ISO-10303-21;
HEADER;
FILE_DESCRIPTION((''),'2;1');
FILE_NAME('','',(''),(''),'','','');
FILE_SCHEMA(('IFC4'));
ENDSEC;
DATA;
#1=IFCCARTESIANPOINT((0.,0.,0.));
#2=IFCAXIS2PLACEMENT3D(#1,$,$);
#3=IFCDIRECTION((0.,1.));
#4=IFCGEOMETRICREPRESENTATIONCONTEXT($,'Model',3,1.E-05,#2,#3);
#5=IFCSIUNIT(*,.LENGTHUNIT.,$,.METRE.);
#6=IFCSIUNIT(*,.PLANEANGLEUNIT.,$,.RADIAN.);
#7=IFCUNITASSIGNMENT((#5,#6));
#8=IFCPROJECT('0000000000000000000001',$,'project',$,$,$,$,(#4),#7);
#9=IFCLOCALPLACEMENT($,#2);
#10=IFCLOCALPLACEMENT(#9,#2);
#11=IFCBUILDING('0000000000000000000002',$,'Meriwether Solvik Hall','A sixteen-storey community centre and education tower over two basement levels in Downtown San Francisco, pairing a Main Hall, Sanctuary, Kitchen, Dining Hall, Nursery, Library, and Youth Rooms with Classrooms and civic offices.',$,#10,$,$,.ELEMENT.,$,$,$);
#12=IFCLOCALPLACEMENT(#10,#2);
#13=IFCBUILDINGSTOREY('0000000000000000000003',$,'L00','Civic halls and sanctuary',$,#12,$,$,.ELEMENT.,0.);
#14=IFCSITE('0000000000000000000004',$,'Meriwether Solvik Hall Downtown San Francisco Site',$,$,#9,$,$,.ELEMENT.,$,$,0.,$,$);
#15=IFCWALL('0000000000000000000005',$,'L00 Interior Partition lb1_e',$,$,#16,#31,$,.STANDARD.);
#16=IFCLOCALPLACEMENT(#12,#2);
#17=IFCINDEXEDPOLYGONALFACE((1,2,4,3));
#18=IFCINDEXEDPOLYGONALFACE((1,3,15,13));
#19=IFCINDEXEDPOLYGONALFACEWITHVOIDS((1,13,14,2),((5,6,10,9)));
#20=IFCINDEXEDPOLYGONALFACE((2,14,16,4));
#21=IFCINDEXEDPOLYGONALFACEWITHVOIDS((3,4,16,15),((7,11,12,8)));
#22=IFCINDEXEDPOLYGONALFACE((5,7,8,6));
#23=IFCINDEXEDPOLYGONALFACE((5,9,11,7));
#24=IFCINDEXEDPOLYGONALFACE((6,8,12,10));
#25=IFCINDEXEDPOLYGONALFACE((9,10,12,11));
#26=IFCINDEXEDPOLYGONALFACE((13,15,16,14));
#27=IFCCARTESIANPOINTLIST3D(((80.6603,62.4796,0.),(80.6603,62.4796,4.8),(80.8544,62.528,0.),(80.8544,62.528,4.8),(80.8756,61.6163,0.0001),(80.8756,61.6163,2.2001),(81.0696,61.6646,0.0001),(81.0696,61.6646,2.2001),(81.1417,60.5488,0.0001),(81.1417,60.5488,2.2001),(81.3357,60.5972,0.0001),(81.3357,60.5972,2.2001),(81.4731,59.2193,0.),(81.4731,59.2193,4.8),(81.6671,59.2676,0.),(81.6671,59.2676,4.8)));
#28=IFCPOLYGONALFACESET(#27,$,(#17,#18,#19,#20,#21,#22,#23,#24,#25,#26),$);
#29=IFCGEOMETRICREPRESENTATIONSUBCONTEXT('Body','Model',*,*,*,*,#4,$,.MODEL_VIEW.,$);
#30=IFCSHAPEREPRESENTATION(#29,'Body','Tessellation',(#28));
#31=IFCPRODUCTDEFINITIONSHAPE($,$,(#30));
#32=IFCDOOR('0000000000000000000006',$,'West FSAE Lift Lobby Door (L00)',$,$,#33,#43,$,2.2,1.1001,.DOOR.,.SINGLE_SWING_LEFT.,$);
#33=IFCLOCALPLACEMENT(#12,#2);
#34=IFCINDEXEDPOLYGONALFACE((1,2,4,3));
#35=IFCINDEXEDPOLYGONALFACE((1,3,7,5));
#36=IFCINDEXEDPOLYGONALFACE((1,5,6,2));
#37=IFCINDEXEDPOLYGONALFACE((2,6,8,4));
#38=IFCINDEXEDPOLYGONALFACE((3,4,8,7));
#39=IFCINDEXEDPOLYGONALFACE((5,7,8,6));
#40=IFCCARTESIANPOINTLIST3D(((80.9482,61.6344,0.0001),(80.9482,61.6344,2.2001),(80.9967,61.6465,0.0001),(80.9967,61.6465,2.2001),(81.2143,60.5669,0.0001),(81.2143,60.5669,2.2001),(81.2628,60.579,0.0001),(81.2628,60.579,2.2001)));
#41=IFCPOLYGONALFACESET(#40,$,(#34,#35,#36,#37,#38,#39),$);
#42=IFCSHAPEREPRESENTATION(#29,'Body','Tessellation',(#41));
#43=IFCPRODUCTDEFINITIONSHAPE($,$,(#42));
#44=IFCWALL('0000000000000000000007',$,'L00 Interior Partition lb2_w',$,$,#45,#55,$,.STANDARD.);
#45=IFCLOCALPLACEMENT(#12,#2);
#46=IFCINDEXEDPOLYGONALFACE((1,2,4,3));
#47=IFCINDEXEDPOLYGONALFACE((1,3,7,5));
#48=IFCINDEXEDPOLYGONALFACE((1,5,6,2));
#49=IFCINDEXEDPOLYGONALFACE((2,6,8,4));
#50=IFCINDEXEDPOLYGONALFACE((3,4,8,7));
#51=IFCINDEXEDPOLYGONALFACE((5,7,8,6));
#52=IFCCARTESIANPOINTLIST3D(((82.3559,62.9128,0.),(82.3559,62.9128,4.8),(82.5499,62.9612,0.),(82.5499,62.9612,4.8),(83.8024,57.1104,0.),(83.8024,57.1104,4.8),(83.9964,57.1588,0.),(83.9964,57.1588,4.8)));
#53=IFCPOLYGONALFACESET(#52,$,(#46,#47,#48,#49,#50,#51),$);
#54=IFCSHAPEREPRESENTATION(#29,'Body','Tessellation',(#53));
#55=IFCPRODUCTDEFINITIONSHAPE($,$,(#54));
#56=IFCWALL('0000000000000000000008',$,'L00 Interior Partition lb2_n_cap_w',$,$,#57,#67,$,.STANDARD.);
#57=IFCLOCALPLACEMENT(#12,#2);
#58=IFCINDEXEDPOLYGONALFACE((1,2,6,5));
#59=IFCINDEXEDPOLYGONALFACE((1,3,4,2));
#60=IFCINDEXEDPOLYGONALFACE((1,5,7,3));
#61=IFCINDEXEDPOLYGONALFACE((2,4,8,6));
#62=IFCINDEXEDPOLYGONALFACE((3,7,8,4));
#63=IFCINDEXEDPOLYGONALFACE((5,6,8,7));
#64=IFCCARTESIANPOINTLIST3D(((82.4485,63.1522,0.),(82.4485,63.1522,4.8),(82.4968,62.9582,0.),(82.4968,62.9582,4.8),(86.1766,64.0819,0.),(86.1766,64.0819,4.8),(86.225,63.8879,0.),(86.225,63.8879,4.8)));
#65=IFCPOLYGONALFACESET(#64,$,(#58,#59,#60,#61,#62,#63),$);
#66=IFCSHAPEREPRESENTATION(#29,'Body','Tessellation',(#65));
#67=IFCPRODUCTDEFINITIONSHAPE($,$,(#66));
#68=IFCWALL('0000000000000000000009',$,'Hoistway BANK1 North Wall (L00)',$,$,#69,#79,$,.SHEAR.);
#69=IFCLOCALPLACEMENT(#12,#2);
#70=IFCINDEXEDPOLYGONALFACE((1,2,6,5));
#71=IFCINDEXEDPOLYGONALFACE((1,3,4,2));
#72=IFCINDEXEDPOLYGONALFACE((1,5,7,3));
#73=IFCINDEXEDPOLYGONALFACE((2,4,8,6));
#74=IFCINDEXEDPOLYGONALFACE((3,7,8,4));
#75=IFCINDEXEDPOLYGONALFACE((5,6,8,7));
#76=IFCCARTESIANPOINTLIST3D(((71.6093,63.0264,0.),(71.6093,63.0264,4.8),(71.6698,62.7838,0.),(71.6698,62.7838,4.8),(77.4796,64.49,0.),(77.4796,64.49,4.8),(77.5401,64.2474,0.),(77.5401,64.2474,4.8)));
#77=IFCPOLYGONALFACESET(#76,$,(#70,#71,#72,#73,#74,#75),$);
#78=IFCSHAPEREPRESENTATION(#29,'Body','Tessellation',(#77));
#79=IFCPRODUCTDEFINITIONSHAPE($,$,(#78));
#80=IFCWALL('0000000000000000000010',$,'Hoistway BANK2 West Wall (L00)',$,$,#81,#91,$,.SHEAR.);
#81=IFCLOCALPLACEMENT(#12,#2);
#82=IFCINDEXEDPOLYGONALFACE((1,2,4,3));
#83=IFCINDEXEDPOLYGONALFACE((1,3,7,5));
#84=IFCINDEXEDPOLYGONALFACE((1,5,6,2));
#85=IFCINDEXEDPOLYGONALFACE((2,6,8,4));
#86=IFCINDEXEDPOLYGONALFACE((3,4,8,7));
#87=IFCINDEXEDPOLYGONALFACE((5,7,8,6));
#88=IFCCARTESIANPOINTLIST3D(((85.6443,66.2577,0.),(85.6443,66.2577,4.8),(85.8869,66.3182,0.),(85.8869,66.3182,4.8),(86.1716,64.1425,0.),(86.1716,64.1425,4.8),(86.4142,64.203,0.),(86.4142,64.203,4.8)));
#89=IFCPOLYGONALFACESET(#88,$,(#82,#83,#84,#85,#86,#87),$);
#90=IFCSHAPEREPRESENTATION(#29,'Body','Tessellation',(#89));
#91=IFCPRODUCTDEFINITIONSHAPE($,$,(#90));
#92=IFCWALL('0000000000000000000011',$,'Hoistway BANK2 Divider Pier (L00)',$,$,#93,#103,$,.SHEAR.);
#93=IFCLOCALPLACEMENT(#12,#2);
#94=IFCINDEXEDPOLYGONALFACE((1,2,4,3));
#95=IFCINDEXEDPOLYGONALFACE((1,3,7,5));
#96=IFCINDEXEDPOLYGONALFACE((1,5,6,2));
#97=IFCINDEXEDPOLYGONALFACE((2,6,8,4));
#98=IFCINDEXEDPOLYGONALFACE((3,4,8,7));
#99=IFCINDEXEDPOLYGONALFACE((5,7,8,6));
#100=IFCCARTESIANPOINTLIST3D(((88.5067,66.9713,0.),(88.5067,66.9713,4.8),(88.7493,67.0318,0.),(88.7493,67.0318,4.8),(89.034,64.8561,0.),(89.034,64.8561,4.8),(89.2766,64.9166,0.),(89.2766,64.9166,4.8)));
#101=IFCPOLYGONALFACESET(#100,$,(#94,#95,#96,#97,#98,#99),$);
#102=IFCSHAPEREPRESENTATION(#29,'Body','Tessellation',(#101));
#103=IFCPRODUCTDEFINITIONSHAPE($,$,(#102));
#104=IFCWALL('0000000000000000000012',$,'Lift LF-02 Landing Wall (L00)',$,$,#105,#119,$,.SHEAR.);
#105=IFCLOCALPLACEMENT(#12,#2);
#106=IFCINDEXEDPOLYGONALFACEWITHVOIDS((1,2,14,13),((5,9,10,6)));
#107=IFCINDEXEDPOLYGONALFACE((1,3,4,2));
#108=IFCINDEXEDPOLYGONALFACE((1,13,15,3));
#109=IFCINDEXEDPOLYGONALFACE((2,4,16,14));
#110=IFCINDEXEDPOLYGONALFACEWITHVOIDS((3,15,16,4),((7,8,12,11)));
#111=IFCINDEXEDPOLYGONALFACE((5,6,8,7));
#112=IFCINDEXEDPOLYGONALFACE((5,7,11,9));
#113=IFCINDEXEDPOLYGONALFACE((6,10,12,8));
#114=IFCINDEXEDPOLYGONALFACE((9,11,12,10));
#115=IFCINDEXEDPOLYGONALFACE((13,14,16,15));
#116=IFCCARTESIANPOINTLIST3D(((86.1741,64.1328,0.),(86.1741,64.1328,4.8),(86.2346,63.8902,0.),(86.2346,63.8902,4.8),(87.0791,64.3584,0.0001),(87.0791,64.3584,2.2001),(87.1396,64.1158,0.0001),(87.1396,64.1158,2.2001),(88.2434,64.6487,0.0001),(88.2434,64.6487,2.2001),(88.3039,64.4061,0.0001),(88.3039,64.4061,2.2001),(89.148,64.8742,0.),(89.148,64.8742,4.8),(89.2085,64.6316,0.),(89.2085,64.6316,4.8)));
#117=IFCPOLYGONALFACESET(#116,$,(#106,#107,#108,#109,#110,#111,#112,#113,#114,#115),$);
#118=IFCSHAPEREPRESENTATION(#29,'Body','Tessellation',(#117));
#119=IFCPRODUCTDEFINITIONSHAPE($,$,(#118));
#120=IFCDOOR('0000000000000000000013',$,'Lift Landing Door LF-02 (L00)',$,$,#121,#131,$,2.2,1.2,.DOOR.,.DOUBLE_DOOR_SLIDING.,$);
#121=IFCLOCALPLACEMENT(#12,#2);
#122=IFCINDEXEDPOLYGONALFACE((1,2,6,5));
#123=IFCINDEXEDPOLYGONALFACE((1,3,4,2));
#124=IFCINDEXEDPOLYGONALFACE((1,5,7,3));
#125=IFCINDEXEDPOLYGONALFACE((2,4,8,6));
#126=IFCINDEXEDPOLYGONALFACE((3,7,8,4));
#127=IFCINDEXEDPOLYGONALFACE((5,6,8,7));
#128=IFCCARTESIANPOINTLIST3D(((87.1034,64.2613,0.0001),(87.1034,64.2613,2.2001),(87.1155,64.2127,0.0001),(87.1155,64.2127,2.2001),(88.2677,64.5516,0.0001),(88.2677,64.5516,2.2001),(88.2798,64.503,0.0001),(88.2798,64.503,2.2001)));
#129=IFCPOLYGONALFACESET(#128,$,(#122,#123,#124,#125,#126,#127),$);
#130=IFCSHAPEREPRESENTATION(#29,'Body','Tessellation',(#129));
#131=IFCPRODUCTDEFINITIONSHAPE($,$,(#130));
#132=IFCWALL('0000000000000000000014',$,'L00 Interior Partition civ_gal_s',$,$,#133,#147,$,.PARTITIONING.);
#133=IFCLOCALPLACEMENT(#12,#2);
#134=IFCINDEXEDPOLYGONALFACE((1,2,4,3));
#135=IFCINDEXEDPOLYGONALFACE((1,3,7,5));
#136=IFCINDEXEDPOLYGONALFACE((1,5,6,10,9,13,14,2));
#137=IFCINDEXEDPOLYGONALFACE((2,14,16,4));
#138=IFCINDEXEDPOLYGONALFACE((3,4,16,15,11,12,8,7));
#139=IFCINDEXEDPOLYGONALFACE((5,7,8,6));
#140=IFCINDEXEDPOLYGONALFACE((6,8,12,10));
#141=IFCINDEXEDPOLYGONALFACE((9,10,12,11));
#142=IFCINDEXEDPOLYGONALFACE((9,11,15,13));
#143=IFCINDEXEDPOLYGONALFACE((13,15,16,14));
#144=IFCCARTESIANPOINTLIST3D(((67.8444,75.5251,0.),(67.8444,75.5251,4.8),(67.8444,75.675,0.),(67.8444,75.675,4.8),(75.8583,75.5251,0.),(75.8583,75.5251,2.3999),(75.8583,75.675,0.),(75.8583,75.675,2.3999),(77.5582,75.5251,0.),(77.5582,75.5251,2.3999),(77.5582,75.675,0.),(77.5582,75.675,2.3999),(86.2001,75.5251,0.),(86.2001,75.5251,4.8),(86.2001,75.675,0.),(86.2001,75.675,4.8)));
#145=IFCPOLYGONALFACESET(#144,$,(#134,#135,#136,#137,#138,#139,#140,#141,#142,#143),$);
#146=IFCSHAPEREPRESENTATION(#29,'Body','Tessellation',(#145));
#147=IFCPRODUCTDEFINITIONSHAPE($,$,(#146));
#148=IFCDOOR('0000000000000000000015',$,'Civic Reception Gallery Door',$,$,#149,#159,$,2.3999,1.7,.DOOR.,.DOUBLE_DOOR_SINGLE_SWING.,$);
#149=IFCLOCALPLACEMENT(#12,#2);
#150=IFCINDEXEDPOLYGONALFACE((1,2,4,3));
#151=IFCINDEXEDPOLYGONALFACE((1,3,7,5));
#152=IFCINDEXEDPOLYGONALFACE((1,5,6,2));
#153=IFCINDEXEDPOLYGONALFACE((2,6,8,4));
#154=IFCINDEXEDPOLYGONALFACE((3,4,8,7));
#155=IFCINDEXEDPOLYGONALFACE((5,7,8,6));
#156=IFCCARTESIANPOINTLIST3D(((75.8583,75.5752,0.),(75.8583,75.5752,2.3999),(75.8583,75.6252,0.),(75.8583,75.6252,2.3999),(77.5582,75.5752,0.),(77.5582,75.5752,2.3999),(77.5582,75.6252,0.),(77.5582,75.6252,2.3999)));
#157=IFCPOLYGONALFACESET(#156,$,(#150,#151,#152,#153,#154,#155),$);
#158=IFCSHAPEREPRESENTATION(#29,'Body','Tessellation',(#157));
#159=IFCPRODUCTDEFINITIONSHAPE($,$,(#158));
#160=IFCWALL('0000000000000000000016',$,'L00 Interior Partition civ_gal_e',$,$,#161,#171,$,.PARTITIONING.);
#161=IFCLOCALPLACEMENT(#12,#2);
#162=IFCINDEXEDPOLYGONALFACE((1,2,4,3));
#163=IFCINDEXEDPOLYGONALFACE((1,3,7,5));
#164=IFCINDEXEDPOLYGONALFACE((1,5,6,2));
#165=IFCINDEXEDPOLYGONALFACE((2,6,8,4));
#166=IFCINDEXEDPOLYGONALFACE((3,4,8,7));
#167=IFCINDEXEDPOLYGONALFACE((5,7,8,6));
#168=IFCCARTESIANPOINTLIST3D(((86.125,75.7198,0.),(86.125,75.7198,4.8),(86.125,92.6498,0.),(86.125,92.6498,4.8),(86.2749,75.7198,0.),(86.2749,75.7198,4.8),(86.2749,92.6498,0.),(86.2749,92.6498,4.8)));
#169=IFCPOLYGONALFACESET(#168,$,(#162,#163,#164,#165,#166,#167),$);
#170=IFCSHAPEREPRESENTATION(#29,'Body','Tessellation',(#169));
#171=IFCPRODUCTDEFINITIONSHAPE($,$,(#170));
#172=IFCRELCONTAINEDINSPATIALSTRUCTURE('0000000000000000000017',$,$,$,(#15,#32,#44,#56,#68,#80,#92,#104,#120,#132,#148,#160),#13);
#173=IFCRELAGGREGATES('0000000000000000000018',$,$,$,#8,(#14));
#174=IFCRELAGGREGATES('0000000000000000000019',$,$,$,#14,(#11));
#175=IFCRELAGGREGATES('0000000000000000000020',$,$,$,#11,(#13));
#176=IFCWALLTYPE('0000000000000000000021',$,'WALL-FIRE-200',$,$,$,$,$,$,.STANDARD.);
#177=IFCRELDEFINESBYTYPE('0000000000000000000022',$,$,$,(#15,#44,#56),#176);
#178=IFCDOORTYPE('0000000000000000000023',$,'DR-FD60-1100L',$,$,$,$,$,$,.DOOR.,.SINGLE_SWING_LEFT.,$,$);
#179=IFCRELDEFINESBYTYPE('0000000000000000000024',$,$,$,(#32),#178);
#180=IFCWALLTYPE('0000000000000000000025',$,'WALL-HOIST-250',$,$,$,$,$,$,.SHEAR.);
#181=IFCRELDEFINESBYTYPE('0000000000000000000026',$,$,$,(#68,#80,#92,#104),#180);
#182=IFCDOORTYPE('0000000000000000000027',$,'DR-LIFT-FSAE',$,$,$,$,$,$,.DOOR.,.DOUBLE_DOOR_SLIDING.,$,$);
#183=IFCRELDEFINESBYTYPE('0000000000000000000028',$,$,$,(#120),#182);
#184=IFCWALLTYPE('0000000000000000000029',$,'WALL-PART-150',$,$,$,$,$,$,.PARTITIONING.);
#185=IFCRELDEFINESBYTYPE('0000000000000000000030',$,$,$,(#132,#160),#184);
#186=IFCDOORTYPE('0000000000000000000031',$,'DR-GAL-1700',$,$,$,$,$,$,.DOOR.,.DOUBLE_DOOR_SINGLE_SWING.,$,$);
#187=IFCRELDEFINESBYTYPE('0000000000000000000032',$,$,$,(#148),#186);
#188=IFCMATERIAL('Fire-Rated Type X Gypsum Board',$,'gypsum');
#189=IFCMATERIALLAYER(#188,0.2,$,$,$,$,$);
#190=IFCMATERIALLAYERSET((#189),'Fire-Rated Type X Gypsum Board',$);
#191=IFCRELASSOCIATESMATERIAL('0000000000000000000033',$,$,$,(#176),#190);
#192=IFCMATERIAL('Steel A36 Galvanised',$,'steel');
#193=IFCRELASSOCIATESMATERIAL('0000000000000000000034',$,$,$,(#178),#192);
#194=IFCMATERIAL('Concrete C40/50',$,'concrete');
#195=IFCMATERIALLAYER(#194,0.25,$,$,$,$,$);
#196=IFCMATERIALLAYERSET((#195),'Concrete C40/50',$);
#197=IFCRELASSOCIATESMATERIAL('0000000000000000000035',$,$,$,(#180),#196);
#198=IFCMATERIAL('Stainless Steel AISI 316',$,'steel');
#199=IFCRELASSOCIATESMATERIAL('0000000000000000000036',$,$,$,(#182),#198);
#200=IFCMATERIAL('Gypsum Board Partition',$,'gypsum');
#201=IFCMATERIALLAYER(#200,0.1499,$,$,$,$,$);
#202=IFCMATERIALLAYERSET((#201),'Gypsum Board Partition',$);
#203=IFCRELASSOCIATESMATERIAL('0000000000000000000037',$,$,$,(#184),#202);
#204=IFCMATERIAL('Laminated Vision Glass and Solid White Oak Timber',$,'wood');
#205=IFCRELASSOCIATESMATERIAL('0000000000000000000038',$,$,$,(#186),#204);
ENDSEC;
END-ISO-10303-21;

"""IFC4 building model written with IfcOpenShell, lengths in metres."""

from ifc_helpers import new_model, si_unit, direction, frame, frame_2d, origin, place, context, subcontext, project, spatial, rectangle, extrude, material, layer, layer_set, type_object, element, fill, save


model = new_model("IFC4")

# Units and contexts
model_context = context("Model", 3, precision=1e-05, world=origin(), true_north=direction((0.0, 1.0)))
body_context = subcontext(model_context, "Body", "Model", "MODEL_VIEW")
ifc_project = project(units=[si_unit("LENGTHUNIT", "METRE"), si_unit("PLANEANGLEUNIT", "RADIAN")], contexts=[model_context])

# Site, building, storey
site_placement = place(None, origin())
site = spatial("IfcSite", under=ifc_project, at=site_placement, Name="Meriwether Solvik Hall Downtown San Francisco Site", CompositionType="ELEMENT", RefElevation=0.0)
building_placement = place(site_placement, origin())
building = spatial("IfcBuilding", under=site, at=building_placement, Name="Meriwether Solvik Hall", Description="A sixteen-storey community centre and education tower over two basement levels in Downtown San Francisco, pairing a Main Hall, Sanctuary, Kitchen, Dining Hall, Nursery, Library, and Youth Rooms with Classrooms and civic offices.", CompositionType="ELEMENT")
storey_placement = place(building_placement, origin())
storey = spatial("IfcBuildingStorey", under=building, at=storey_placement, Name="L00", Description="Civic halls and sanctuary", CompositionType="ELEMENT", Elevation=0.0)

# Wall, opening, door
ifc_material_1 = material(Name="Fire-Rated Type X Gypsum Board", Category="gypsum")
ifc_layer_1 = layer(ifc_material_1, 0.2)
ifc_layer_set_1 = layer_set([ifc_layer_1], Name="Fire-Rated Type X Gypsum Board")
wall_type_1 = type_object("IfcWallType", Name="WALL-FIRE-200", PredefinedType="STANDARD", material=ifc_layer_set_1)
wall_1_placement = place(storey_placement, frame((80.7573, 62.5039, 0.0), z_axis=(0.0, 0.0, 1.0), x_axis=(0.241886, -0.970305, 0.0)))
wall_1 = element("IfcWall", 1, at=wall_1_placement, inside=storey, type_object=wall_type_1, Name="L00 Interior Partition lb1_e", PredefinedType="STANDARD", context=body_context, shape_type="SweptSolid", body=[
    extrude(rectangle(XDim=3.3601, YDim=0.2, at=frame_2d((1.6802, 0.0))), origin(), (0.0, 0.0, 1.0), 4.8),
])
opening_1_placement = place(wall_1_placement, frame((0.8899, 0.0, 0.0)))
opening_1 = element("IfcOpeningElement", 2, at=opening_1_placement, cuts=wall_1, PredefinedType="OPENING", context=body_context, shape_type="SweptSolid", body=[
    extrude(rectangle(XDim=1.1001, YDim=2.2, at=frame_2d((0.55, 1.1001))), frame((0.0, 0.1118, 0.0), z_axis=(0.0, -1.0, 0.0), x_axis=(1.0, 0.0, 0.0)), (0.0, 0.0, 1.0), 0.2239),
])
ifc_material_2 = material(Name="Steel A36 Galvanised", Category="steel")
door_type_1 = type_object("IfcDoorType", Name="DR-FD60-1100L", OperationType="SINGLE_SWING_LEFT", PredefinedType="DOOR", material=ifc_material_2)
door_1_placement = place(opening_1_placement, origin())
door_1 = element("IfcDoor", 3, at=door_1_placement, inside=storey, type_object=door_type_1, Name="West FSAE Lift Lobby Door (L00)", OperationType="SINGLE_SWING_LEFT", OverallHeight=2.2, OverallWidth=1.1001, PredefinedType="DOOR", context=body_context, shape_type="SweptSolid", body=[
    extrude(rectangle(XDim=1.1001, YDim=2.2, at=frame_2d((0.55, 1.1001))), frame((0.0, 0.0249, 0.0), z_axis=(0.0, -1.0, 0.0), x_axis=(1.0, 0.0, 0.0)), (0.0, 0.0, 1.0), 0.05),
])
fill(opening_1, door_1)

# Walls
wall_2_placement = place(storey_placement, frame((82.4529, 62.937, 0.0), z_axis=(0.0, 0.0, 1.0), x_axis=(0.241892, -0.970303, 0.0)))
element("IfcWall", 4, at=wall_2_placement, inside=storey, type_object=wall_type_1, Name="L00 Interior Partition lb2_w", PredefinedType="STANDARD", context=body_context, shape_type="SweptSolid", body=[
    extrude(rectangle(XDim=5.98, YDim=0.2, at=frame_2d((2.99, 0.0))), origin(), (0.0, 0.0, 1.0), 4.8),
])
wall_3_placement = place(storey_placement, frame((82.4727, 63.0552, 0.0), z_axis=(0.0, 0.0, 1.0), x_axis=(0.970284, 0.241967, 0.0)))
element("IfcWall", 5, at=wall_3_placement, inside=storey, type_object=wall_type_1, Name="L00 Interior Partition lb2_n_cap_w", PredefinedType="STANDARD", context=body_context, shape_type="SweptSolid", body=[
    extrude(rectangle(XDim=3.8423, YDim=0.2, at=frame_2d((1.9211, 0.0))), origin(), (0.0, 0.0, 1.0), 4.8),
])
ifc_material_3 = material(Name="Concrete C40/50", Category="concrete")
ifc_layer_2 = layer(ifc_material_3, 0.25)
ifc_layer_set_2 = layer_set([ifc_layer_2], Name="Concrete C40/50")
wall_type_2 = type_object("IfcWallType", Name="WALL-HOIST-250", PredefinedType="SHEAR", material=ifc_layer_set_2)
wall_4_placement = place(storey_placement, frame((77.5098, 64.3687, 0.0), z_axis=(0.0, 0.0, 1.0), x_axis=(-0.970297, -0.241918, 0.0)))
element("IfcWall", 6, at=wall_4_placement, inside=storey, type_object=wall_type_2, Name="Hoistway BANK1 North Wall (L00)", PredefinedType="SHEAR", context=body_context, shape_type="SweptSolid", body=[
    extrude(rectangle(XDim=6.05, YDim=0.25, at=frame_2d((3.0249, 0.0))), origin(), (0.0, 0.0, 1.0), 4.8),
])
for number, where, z_axis, x_axis, name in (
    (7, (85.7656, 66.2878, 0.0), (0.0, 0.0, 1.0), (0.241903, -0.9703, 0.0), "Hoistway BANK2 West Wall (L00)"),
    (8, (89.1553, 64.8865, 0.0), (0.0, 0.0, 1.0), (-0.241903, 0.9703, 0.0), "Hoistway BANK2 Divider Pier (L00)"),
):
    element("IfcWall", number, at=place(storey_placement, frame(where, z_axis=z_axis, x_axis=x_axis)), inside=storey, type_object=wall_type_2, Name=name, PredefinedType="SHEAR", context=body_context, shape_type="SweptSolid", body=[
        extrude(rectangle(XDim=2.1799, YDim=0.25, at=frame_2d((1.0898, 0.0))), origin(), (0.0, 0.0, 1.0), 4.8),
    ])

# Walls, openings, doors
wall_5_placement = place(storey_placement, frame((86.2043, 64.0115, 0.0), z_axis=(0.0, 0.0, 1.0), x_axis=(0.970297, 0.241917, 0.0)))
wall_5 = element("IfcWall", 9, at=wall_5_placement, inside=storey, type_object=wall_type_2, Name="Lift LF-02 Landing Wall (L00)", PredefinedType="SHEAR", context=body_context, shape_type="SweptSolid", body=[
    extrude(rectangle(XDim=3.0649, YDim=0.25, at=frame_2d((1.5325, 0.0))), origin(), (0.0, 0.0, 1.0), 4.8),
])
opening_2_placement = place(wall_5_placement, frame((0.9326, 0.0, 0.0)))
opening_2 = element("IfcOpeningElement", 10, at=opening_2_placement, cuts=wall_5, PredefinedType="OPENING", context=body_context, shape_type="SweptSolid", body=[
    extrude(rectangle(XDim=1.2, YDim=2.2, at=frame_2d((0.6001, 1.1001))), frame((0.0, 0.137, 0.0), z_axis=(0.0, -1.0, 0.0), x_axis=(1.0, 0.0, 0.0)), (0.0, 0.0, 1.0), 0.2739),
])
ifc_material_4 = material(Name="Stainless Steel AISI 316", Category="steel")
door_type_2 = type_object("IfcDoorType", Name="DR-LIFT-FSAE", OperationType="DOUBLE_DOOR_SLIDING", PredefinedType="DOOR", material=ifc_material_4)
door_2_placement = place(opening_2_placement, origin())
door_2 = element("IfcDoor", 11, at=door_2_placement, inside=storey, type_object=door_type_2, Name="Lift Landing Door LF-02 (L00)", OperationType="DOUBLE_DOOR_SLIDING", OverallHeight=2.2, OverallWidth=1.2, PredefinedType="DOOR", context=body_context, shape_type="SweptSolid", body=[
    extrude(rectangle(XDim=1.2, YDim=2.2, at=frame_2d((0.6001, 1.1001))), frame((0.0, 0.0249, 0.0), z_axis=(0.0, -1.0, 0.0), x_axis=(1.0, 0.0, 0.0)), (0.0, 0.0, 1.0), 0.05),
])
fill(opening_2, door_2)
ifc_material_5 = material(Name="Gypsum Board Partition", Category="gypsum")
ifc_layer_3 = layer(ifc_material_5, 0.1499)
ifc_layer_set_3 = layer_set([ifc_layer_3], Name="Gypsum Board Partition")
wall_type_3 = type_object("IfcWallType", Name="WALL-PART-150", PredefinedType="PARTITIONING", material=ifc_layer_set_3)
wall_6_placement = place(storey_placement, frame((86.2, 75.6001, 0.0), z_axis=(0.0, 0.0, 1.0), x_axis=(-1.0, 0.0, 0.0)))
wall_6 = element("IfcWall", 12, at=wall_6_placement, inside=storey, type_object=wall_type_3, Name="L00 Interior Partition civ_gal_s", PredefinedType="PARTITIONING", context=body_context, shape_type="SweptSolid", body=[
    extrude(rectangle(XDim=18.3557, YDim=0.1499, at=frame_2d((9.1777, 0.0))), origin(), (0.0, 0.0, 1.0), 4.8),
])
opening_3_placement = place(wall_6_placement, frame((8.6416, 0.0, 0.0)))
opening_3 = element("IfcOpeningElement", 13, at=opening_3_placement, cuts=wall_6, PredefinedType="OPENING", context=body_context, shape_type="SweptSolid", body=[
    extrude(rectangle(XDim=1.7, YDim=2.3999, at=frame_2d((0.8501, 1.2))), frame((0.0, 0.0869, 0.0), z_axis=(0.0, -1.0, 0.0), x_axis=(1.0, 0.0, 0.0)), (0.0, 0.0, 1.0), 0.1738),
])
ifc_material_6 = material(Name="Laminated Vision Glass and Solid White Oak Timber", Category="wood")
door_type_3 = type_object("IfcDoorType", Name="DR-GAL-1700", OperationType="DOUBLE_DOOR_SINGLE_SWING", PredefinedType="DOOR", material=ifc_material_6)
door_3_placement = place(opening_3_placement, origin())
door_3 = element("IfcDoor", 14, at=door_3_placement, inside=storey, type_object=door_type_3, Name="Civic Reception Gallery Door", OperationType="DOUBLE_DOOR_SINGLE_SWING", OverallHeight=2.3999, OverallWidth=1.7, PredefinedType="DOOR", context=body_context, shape_type="SweptSolid", body=[
    extrude(rectangle(XDim=1.7, YDim=2.3999, at=frame_2d((0.8501, 1.2))), frame((0.0, 0.0249, 0.0), z_axis=(0.0, -1.0, 0.0), x_axis=(1.0, 0.0, 0.0)), (0.0, 0.0, 1.0), 0.05),
])
fill(opening_3, door_3)

# Wall
wall_7_placement = place(storey_placement, frame((86.2, 75.72, 0.0), z_axis=(0.0, 0.0, 1.0), x_axis=(0.0, 1.0, 0.0)))
element("IfcWall", 15, at=wall_7_placement, inside=storey, type_object=wall_type_3, Name="L00 Interior Partition civ_gal_e", PredefinedType="PARTITIONING", context=body_context, shape_type="SweptSolid", body=[
    extrude(rectangle(XDim=16.9299, YDim=0.1499, at=frame_2d((8.4648, 0.0))), origin(), (0.0, 0.0, 1.0), 4.8),
])

save(model, "model.ifc")
